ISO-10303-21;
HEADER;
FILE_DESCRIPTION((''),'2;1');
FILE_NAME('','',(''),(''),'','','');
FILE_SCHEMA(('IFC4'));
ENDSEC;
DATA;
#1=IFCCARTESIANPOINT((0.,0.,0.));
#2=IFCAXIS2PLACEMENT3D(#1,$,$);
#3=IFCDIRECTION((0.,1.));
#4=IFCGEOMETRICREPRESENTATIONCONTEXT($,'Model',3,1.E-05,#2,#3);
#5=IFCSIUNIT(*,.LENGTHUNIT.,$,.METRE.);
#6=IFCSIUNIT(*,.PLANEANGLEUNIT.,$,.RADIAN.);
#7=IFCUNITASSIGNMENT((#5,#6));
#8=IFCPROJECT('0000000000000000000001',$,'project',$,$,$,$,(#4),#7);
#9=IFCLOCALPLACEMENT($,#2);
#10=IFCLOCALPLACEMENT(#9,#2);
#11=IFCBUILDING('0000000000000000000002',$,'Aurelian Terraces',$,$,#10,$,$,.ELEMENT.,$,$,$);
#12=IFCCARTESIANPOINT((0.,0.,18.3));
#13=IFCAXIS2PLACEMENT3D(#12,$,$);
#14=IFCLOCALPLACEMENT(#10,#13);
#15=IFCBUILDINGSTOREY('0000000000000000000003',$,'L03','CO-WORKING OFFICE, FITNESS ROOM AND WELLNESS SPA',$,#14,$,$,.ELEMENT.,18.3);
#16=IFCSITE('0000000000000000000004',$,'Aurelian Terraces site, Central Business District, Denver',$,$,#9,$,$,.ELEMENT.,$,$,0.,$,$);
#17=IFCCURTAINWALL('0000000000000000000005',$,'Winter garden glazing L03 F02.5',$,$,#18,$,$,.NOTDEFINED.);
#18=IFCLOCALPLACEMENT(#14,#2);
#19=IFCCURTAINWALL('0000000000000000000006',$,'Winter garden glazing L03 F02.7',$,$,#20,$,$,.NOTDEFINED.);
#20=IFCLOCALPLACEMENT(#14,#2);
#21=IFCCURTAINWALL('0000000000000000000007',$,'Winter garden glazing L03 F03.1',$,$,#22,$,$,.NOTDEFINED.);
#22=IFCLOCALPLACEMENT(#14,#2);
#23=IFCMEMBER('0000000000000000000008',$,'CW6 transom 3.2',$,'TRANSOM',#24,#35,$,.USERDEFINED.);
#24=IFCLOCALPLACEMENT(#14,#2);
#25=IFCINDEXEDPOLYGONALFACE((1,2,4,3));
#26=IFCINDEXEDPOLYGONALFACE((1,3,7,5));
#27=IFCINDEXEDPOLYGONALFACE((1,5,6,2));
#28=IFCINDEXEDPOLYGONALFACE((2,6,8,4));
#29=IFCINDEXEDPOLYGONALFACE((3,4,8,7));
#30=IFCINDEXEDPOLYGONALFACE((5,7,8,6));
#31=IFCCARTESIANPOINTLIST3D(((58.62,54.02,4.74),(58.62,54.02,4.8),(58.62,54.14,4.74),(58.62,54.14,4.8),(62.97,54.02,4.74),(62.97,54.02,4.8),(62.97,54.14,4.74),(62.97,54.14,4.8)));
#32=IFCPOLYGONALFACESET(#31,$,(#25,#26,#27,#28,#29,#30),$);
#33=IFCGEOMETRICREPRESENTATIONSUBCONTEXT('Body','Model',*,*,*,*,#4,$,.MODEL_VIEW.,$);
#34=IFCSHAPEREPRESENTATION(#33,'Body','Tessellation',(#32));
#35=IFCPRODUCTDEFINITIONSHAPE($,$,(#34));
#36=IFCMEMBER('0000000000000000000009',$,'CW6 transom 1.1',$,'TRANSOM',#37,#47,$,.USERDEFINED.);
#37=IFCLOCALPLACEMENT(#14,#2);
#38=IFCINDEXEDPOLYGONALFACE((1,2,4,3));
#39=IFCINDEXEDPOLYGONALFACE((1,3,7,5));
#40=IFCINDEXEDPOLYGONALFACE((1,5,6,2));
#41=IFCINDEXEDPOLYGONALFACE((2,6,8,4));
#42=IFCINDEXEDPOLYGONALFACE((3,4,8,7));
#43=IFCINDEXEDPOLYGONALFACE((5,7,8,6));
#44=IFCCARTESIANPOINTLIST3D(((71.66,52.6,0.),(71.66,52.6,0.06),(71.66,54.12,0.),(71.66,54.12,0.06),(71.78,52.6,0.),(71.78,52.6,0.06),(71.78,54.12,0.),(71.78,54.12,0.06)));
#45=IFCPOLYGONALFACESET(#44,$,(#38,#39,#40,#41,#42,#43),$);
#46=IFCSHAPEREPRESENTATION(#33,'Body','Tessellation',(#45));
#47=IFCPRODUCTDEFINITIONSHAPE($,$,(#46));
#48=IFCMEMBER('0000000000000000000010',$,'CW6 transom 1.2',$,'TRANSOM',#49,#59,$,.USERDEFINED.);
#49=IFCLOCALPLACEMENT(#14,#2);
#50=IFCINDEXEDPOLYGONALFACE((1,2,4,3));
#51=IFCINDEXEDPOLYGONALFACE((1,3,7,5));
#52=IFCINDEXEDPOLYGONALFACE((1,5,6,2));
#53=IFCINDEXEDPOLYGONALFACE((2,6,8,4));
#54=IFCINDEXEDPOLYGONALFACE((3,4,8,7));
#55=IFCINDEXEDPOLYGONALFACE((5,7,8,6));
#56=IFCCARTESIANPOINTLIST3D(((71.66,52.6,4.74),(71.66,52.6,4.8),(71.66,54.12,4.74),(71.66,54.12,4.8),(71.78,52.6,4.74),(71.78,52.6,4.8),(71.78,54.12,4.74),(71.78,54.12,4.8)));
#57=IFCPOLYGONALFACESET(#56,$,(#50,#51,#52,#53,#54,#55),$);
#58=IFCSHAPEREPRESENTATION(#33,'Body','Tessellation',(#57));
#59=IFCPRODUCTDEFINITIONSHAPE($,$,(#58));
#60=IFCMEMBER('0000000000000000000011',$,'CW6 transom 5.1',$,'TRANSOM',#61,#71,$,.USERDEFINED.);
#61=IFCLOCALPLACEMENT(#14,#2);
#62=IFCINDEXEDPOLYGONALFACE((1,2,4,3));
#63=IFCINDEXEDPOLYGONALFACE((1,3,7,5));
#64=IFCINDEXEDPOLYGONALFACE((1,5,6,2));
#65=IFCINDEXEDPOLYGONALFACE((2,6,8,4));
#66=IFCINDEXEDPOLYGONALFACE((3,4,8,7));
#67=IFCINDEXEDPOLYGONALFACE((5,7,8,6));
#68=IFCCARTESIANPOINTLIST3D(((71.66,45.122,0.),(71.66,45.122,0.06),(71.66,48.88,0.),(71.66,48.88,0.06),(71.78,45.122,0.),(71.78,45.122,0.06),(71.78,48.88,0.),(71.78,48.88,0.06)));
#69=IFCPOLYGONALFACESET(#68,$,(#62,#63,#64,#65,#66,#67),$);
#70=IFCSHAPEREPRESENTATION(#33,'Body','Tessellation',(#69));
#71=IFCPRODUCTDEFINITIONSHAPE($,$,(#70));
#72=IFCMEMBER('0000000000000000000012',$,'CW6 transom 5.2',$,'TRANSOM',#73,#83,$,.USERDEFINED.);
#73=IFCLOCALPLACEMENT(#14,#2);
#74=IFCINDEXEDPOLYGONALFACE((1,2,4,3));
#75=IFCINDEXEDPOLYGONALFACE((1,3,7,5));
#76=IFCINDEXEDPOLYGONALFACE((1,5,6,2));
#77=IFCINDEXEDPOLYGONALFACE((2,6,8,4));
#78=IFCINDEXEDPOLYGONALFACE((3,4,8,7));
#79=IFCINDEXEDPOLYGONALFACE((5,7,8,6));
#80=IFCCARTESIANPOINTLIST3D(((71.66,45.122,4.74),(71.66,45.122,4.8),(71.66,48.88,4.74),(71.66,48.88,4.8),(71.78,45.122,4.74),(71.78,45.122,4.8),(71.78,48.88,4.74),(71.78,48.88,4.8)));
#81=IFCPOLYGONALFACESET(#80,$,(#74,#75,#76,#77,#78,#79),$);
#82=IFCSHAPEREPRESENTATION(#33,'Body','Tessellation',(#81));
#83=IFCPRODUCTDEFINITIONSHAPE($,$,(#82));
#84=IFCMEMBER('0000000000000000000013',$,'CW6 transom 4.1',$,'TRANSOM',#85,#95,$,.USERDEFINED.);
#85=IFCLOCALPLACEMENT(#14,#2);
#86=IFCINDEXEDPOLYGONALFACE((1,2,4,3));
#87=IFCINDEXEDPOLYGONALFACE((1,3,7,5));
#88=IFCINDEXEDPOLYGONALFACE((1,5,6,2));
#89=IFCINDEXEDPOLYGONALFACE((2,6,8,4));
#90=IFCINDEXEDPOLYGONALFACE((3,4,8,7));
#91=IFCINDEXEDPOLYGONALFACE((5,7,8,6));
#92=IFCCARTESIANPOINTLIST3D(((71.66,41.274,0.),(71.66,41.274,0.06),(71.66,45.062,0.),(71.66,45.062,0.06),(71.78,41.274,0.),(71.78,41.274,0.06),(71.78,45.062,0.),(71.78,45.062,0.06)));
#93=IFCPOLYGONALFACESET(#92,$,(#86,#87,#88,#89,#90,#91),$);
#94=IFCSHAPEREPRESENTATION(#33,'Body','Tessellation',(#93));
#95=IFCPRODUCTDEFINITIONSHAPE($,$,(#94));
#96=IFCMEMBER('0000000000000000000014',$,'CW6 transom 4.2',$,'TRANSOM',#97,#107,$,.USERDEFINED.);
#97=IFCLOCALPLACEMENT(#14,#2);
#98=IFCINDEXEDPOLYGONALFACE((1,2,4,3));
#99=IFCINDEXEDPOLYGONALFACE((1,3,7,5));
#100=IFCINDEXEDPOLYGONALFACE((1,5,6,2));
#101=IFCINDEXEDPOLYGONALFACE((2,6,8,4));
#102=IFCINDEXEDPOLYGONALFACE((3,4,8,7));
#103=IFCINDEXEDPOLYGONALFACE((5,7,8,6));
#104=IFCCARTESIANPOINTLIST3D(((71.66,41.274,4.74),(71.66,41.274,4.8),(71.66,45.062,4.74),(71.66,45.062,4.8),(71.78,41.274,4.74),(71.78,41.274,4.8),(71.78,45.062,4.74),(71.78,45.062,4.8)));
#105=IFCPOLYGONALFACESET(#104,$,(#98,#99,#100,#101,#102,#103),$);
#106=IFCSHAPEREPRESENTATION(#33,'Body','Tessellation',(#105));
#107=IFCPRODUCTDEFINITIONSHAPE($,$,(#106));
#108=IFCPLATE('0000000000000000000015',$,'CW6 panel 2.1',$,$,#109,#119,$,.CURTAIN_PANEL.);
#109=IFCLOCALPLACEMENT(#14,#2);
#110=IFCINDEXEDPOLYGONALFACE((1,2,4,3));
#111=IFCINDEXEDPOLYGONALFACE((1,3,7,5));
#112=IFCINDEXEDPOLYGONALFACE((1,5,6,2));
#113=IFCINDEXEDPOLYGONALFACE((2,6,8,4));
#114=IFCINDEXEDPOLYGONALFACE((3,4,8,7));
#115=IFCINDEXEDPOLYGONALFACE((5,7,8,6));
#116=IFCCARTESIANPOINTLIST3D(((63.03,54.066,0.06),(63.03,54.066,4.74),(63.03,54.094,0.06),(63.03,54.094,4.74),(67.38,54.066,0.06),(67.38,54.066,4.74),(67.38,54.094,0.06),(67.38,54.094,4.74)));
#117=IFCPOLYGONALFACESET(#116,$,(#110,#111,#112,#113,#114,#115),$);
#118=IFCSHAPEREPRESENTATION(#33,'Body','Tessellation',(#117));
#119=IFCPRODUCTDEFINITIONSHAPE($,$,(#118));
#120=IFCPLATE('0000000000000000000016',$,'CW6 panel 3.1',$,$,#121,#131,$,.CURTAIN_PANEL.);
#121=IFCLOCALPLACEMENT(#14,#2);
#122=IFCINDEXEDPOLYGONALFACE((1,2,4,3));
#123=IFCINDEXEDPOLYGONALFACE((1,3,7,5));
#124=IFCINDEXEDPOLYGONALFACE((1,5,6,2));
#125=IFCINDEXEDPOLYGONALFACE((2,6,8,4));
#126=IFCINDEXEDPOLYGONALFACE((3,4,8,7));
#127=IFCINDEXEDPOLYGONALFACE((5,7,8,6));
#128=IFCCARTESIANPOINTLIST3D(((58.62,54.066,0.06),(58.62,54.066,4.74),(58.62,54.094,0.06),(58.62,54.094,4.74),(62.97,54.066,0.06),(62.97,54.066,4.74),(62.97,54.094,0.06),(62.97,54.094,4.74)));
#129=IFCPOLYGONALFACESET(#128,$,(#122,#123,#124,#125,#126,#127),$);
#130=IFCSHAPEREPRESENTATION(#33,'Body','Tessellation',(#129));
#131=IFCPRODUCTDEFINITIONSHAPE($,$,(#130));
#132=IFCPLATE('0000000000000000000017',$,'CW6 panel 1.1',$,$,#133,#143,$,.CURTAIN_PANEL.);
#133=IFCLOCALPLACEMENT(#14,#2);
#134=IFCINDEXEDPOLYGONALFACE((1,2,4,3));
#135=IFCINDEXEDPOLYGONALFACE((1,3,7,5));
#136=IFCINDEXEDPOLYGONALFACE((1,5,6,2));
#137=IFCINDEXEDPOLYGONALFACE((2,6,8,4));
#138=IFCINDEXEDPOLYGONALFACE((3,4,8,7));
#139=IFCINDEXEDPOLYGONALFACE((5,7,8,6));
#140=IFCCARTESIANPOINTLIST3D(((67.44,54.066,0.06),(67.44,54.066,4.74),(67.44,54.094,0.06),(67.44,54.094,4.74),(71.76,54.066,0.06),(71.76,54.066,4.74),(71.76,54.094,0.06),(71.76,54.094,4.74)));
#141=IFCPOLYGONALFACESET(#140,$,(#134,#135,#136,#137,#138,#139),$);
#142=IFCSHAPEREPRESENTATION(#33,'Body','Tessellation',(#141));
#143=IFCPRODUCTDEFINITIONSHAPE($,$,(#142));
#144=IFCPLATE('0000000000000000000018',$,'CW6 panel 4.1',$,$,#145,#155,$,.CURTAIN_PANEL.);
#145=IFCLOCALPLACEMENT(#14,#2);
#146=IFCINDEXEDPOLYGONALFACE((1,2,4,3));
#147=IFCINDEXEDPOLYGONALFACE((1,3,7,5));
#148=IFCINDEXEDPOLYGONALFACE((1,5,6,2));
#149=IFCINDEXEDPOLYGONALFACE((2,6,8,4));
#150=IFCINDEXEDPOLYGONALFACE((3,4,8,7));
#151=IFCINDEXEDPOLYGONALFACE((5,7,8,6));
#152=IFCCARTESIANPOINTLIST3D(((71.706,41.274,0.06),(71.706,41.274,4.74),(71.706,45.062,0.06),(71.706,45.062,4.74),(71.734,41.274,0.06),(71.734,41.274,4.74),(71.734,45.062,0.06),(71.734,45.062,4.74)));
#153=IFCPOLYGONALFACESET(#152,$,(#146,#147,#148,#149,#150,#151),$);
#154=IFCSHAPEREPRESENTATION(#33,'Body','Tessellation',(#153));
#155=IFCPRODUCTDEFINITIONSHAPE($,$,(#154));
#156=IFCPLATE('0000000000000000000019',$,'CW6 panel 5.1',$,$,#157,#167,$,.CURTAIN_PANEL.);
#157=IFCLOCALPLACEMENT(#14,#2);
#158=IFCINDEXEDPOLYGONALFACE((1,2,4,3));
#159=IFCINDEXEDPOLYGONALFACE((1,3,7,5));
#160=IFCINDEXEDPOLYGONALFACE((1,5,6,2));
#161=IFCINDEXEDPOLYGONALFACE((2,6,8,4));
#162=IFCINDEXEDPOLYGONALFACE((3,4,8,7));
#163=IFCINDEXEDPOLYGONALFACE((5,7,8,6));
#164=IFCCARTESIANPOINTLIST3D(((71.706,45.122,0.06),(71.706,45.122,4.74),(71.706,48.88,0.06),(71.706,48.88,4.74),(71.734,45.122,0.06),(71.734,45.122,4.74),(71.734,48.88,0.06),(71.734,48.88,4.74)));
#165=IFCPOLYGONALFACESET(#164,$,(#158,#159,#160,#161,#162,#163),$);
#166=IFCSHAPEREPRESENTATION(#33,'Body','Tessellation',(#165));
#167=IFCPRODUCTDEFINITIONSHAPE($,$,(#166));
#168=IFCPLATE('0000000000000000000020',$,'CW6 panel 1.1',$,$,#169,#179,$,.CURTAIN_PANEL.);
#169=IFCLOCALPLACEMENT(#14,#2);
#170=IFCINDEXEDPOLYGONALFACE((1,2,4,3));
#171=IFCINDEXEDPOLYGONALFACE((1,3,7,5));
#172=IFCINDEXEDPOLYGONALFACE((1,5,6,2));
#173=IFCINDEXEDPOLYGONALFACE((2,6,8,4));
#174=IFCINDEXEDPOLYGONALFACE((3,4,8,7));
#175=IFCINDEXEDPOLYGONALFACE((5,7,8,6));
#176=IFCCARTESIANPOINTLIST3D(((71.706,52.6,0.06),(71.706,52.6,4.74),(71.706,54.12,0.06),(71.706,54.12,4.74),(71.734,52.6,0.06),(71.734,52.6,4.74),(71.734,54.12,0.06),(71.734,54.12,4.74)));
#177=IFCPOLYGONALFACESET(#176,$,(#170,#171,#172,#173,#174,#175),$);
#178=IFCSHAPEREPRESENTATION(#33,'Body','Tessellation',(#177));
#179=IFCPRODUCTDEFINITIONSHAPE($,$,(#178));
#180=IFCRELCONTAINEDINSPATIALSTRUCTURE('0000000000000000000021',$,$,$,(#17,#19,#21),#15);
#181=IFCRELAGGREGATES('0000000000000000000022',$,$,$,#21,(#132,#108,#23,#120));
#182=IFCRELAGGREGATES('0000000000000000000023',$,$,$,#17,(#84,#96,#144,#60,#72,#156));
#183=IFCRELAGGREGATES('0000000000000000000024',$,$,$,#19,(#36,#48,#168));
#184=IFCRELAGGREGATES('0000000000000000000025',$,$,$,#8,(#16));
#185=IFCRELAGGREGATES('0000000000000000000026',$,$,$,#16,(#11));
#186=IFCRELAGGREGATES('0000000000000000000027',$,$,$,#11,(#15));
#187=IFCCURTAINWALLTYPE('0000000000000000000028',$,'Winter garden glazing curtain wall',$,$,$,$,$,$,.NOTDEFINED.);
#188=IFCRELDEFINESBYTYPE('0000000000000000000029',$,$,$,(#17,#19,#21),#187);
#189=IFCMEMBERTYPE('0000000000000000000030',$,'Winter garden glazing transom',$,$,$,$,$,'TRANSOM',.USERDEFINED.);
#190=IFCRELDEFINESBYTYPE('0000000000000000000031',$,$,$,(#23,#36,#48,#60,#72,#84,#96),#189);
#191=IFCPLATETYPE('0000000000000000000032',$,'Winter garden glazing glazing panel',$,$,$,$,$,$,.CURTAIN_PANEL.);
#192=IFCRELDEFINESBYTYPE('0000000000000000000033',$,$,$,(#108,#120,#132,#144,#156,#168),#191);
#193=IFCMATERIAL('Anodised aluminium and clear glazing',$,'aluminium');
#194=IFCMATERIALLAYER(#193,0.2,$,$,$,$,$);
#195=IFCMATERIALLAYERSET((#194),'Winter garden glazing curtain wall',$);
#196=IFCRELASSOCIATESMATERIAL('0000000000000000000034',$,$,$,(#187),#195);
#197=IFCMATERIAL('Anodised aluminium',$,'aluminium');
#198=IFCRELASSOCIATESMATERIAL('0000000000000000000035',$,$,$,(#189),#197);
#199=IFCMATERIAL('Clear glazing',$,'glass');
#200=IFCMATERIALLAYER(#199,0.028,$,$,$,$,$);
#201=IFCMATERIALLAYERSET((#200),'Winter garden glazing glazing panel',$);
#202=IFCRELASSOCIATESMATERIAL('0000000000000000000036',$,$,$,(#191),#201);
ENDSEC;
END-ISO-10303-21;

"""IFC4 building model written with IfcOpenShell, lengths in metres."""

from ifc_helpers import new_model, si_unit, direction, frame, origin, origin_2d, place, context, subcontext, project, spatial, rectangle, extrude, source, transform, mapped, material, layer, layer_set, material_profile, profile_set, type_object, element, aggregate, save


model = new_model("IFC4")

# Units and contexts
model_context = context("Model", 3, precision=1e-05, world=origin(), true_north=direction((0.0, 1.0)))
body_context = subcontext(model_context, "Body", "Model", "MODEL_VIEW")
ifc_project = project(units=[si_unit("LENGTHUNIT", "METRE"), si_unit("PLANEANGLEUNIT", "RADIAN")], contexts=[model_context])

# Site, building, storey
site_placement = place(None, origin())
site = spatial("IfcSite", under=ifc_project, at=site_placement, Name="Aurelian Terraces site, Central Business District, Denver", CompositionType="ELEMENT", RefElevation=0.0)
building_placement = place(site_placement, origin())
building = spatial("IfcBuilding", under=site, at=building_placement, Name="Aurelian Terraces", CompositionType="ELEMENT")
storey_placement = place(building_placement, frame((0.0, 0.0, 18.3)))
storey = spatial("IfcBuildingStorey", under=building, at=storey_placement, Name="L03", Description="CO-WORKING OFFICE, FITNESS ROOM AND WELLNESS SPA", CompositionType="ELEMENT", Elevation=18.3)

# Curtain walls, member
ifc_material_1 = material(Name="Anodised aluminium and clear glazing", Category="aluminium")
ifc_layer_1 = layer(ifc_material_1, 0.2)
ifc_layer_set_1 = layer_set([ifc_layer_1], Name="Winter garden glazing curtain wall")
curtain_wall_type = type_object("IfcCurtainWallType", Name="Winter garden glazing curtain wall", PredefinedType="NOTDEFINED", material=ifc_layer_set_1)
curtain_wall_1_placement = place(storey_placement, origin())
curtain_wall_1 = element("IfcCurtainWall", 1, at=curtain_wall_1_placement, inside=storey, type_object=curtain_wall_type, Name="Winter garden glazing L03 F02.5", PredefinedType="NOTDEFINED")
ifc_material_2 = material(Name="Anodised aluminium", Category="aluminium")
curtain_wall_2_placement = place(storey_placement, origin())
curtain_wall_2 = element("IfcCurtainWall", 2, at=curtain_wall_2_placement, inside=storey, type_object=curtain_wall_type, Name="Winter garden glazing L03 F02.7", PredefinedType="NOTDEFINED")
curtain_wall_3_placement = place(storey_placement, origin())
curtain_wall_3 = element("IfcCurtainWall", 3, at=curtain_wall_3_placement, inside=storey, type_object=curtain_wall_type, Name="Winter garden glazing L03 F03.1", PredefinedType="NOTDEFINED")
ifc_material_profile_1 = material_profile(ifc_material_2, rectangle(XDim=0.12, YDim=0.06, at=origin_2d()))
ifc_profile_set_1 = profile_set([ifc_material_profile_1], Name="Anodised aluminium")
member_type_1 = type_object("IfcMemberType", Name="Winter garden glazing transom", ElementType="TRANSOM", PredefinedType="USERDEFINED", material=ifc_profile_set_1)
shared_shape_1 = source(origin(), body_context, "Body", "SweptSolid", [
    extrude(rectangle(XDim=0.12, YDim=0.06, at=origin_2d()), origin(), (0.0, 0.0, 1.0), 4.35),
])
member_1_placement = place(storey_placement, frame((62.97, 54.08, 4.77), z_axis=(-1.0, 0.0, 0.0), x_axis=(0.0, -1.0, 0.0)))
member_1 = element("IfcMember", 4, at=member_1_placement, type_object=member_type_1, Name="CW6 transom 3.2", ObjectType="TRANSOM", PredefinedType="USERDEFINED", context=body_context, shape_type="MappedRepresentation", body=[
    mapped(shared_shape_1, transform((0.0, 0.0, 0.0), scale=1.0)),
])

# Members
shared_shape_2 = source(origin(), body_context, "Body", "SweptSolid", [
    extrude(rectangle(XDim=0.12, YDim=0.06, at=origin_2d()), origin(), (0.0, 0.0, 1.0), 1.52),
])
member_2_placement = place(storey_placement, frame((71.72, 52.6, 0.03), z_axis=(0.0, 1.0, 0.0), x_axis=(-1.0, 0.0, 0.0)))
member_2 = element("IfcMember", 5, at=member_2_placement, type_object=member_type_1, Name="CW6 transom 1.1", ObjectType="TRANSOM", PredefinedType="USERDEFINED", context=body_context, shape_type="MappedRepresentation", body=[
    mapped(shared_shape_2, transform((0.0, 0.0, 0.0), scale=1.0)),
])
member_3_placement = place(storey_placement, frame((71.72, 52.6, 4.77), z_axis=(0.0, 1.0, 0.0), x_axis=(-1.0, 0.0, 0.0)))
member_3 = element("IfcMember", 6, at=member_3_placement, type_object=member_type_1, Name="CW6 transom 1.2", ObjectType="TRANSOM", PredefinedType="USERDEFINED", context=body_context, shape_type="MappedRepresentation", body=[
    mapped(shared_shape_2, transform((0.0, 0.0, 0.0), scale=1.0)),
])
shared_shape_3 = source(origin(), body_context, "Body", "SweptSolid", [
    extrude(rectangle(XDim=0.12, YDim=0.06, at=origin_2d()), origin(), (0.0, 0.0, 1.0), 3.758),
])
member_4_placement = place(storey_placement, frame((71.72, 45.122, 0.03), z_axis=(0.0, 1.0, 0.0), x_axis=(-1.0, 0.0, 0.0)))
member_4 = element("IfcMember", 7, at=member_4_placement, type_object=member_type_1, Name="CW6 transom 5.1", ObjectType="TRANSOM", PredefinedType="USERDEFINED", context=body_context, shape_type="MappedRepresentation", body=[
    mapped(shared_shape_3, transform((0.0, 0.0, 0.0), scale=1.0)),
])
member_5_placement = place(storey_placement, frame((71.72, 45.122, 4.77), z_axis=(0.0, 1.0, 0.0), x_axis=(-1.0, 0.0, 0.0)))
member_5 = element("IfcMember", 8, at=member_5_placement, type_object=member_type_1, Name="CW6 transom 5.2", ObjectType="TRANSOM", PredefinedType="USERDEFINED", context=body_context, shape_type="MappedRepresentation", body=[
    mapped(shared_shape_3, transform((0.0, 0.0, 0.0), scale=1.0)),
])
shared_shape_4 = source(origin(), body_context, "Body", "SweptSolid", [
    extrude(rectangle(XDim=0.12, YDim=0.06, at=origin_2d()), origin(), (0.0, 0.0, 1.0), 3.788),
])
member_6_placement = place(storey_placement, frame((71.72, 41.274, 0.03), z_axis=(0.0, 1.0, 0.0), x_axis=(-1.0, 0.0, 0.0)))
member_6 = element("IfcMember", 9, at=member_6_placement, type_object=member_type_1, Name="CW6 transom 4.1", ObjectType="TRANSOM", PredefinedType="USERDEFINED", context=body_context, shape_type="MappedRepresentation", body=[
    mapped(shared_shape_4, transform((0.0, 0.0, 0.0), scale=1.0)),
])
member_7_placement = place(storey_placement, frame((71.72, 41.274, 4.77), z_axis=(0.0, 1.0, 0.0), x_axis=(-1.0, 0.0, 0.0)))
member_7 = element("IfcMember", 10, at=member_7_placement, type_object=member_type_1, Name="CW6 transom 4.2", ObjectType="TRANSOM", PredefinedType="USERDEFINED", context=body_context, shape_type="MappedRepresentation", body=[
    mapped(shared_shape_4, transform((0.0, 0.0, 0.0), scale=1.0)),
])

# Plates
ifc_material_3 = material(Name="Clear glazing", Category="glass")
ifc_layer_2 = layer(ifc_material_3, 0.028)
ifc_layer_set_2 = layer_set([ifc_layer_2], Name="Winter garden glazing glazing panel")
plate_type = type_object("IfcPlateType", Name="Winter garden glazing glazing panel", PredefinedType="CURTAIN_PANEL", material=ifc_layer_set_2)
shared_shape_5 = source(origin(), body_context, "Body", "SweptSolid", [
    extrude(rectangle(XDim=4.35, YDim=0.028, at=origin_2d()), origin(), (0.0, 0.0, 1.0), 4.68),
])
plate_1_placement = place(storey_placement, frame((65.205, 54.08, 0.06), z_axis=(0.0, 0.0, 1.0), x_axis=(-1.0, 0.0, 0.0)))
plate_1 = element("IfcPlate", 11, at=plate_1_placement, type_object=plate_type, Name="CW6 panel 2.1", PredefinedType="CURTAIN_PANEL", context=body_context, shape_type="MappedRepresentation", body=[
    mapped(shared_shape_5, transform((0.0, 0.0, 0.0), scale=1.0)),
])
plate_2_placement = place(storey_placement, frame((60.795, 54.08, 0.06), z_axis=(0.0, 0.0, 1.0), x_axis=(-1.0, 0.0, 0.0)))
plate_2 = element("IfcPlate", 12, at=plate_2_placement, type_object=plate_type, Name="CW6 panel 3.1", PredefinedType="CURTAIN_PANEL", context=body_context, shape_type="MappedRepresentation", body=[
    mapped(shared_shape_5, transform((0.0, 0.0, 0.0), scale=1.0)),
])
shared_shape_6 = source(origin(), body_context, "Body", "SweptSolid", [
    extrude(rectangle(XDim=4.32, YDim=0.028, at=origin_2d()), origin(), (0.0, 0.0, 1.0), 4.68),
])
plate_3_placement = place(storey_placement, frame((69.6, 54.08, 0.06), z_axis=(0.0, 0.0, 1.0), x_axis=(-1.0, 0.0, 0.0)))
plate_3 = element("IfcPlate", 13, at=plate_3_placement, type_object=plate_type, Name="CW6 panel 1.1", PredefinedType="CURTAIN_PANEL", context=body_context, shape_type="MappedRepresentation", body=[
    mapped(shared_shape_6, transform((0.0, 0.0, 0.0), scale=1.0)),
])
aggregate(curtain_wall_3, [plate_3, plate_1, member_1, plate_2])
shared_shape_7 = source(origin(), body_context, "Body", "SweptSolid", [
    extrude(rectangle(XDim=3.788, YDim=0.028, at=origin_2d()), origin(), (0.0, 0.0, 1.0), 4.68),
])
plate_4_placement = place(storey_placement, frame((71.72, 43.168, 0.06), z_axis=(0.0, 0.0, 1.0), x_axis=(0.0, 1.0, 0.0)))
plate_4 = element("IfcPlate", 14, at=plate_4_placement, type_object=plate_type, Name="CW6 panel 4.1", PredefinedType="CURTAIN_PANEL", context=body_context, shape_type="MappedRepresentation", body=[
    mapped(shared_shape_7, transform((0.0, 0.0, 0.0), scale=1.0)),
])
shared_shape_8 = source(origin(), body_context, "Body", "SweptSolid", [
    extrude(rectangle(XDim=3.758, YDim=0.028, at=origin_2d()), origin(), (0.0, 0.0, 1.0), 4.68),
])
plate_5_placement = place(storey_placement, frame((71.72, 47.001, 0.06), z_axis=(0.0, 0.0, 1.0), x_axis=(0.0, 1.0, 0.0)))
plate_5 = element("IfcPlate", 15, at=plate_5_placement, type_object=plate_type, Name="CW6 panel 5.1", PredefinedType="CURTAIN_PANEL", context=body_context, shape_type="MappedRepresentation", body=[
    mapped(shared_shape_8, transform((0.0, 0.0, 0.0), scale=1.0)),
])
aggregate(curtain_wall_1, [member_6, member_7, plate_4, member_4, member_5, plate_5])
shared_shape_9 = source(origin(), body_context, "Body", "SweptSolid", [
    extrude(rectangle(XDim=1.52, YDim=0.028, at=origin_2d()), origin(), (0.0, 0.0, 1.0), 4.68),
])
plate_6_placement = place(storey_placement, frame((71.72, 53.36, 0.06), z_axis=(0.0, 0.0, 1.0), x_axis=(0.0, 1.0, 0.0)))
plate_6 = element("IfcPlate", 16, at=plate_6_placement, type_object=plate_type, Name="CW6 panel 1.1", PredefinedType="CURTAIN_PANEL", context=body_context, shape_type="MappedRepresentation", body=[
    mapped(shared_shape_9, transform((0.0, 0.0, 0.0), scale=1.0)),
])
aggregate(curtain_wall_2, [member_2, member_3, plate_6])

save(model, "model.ifc")
